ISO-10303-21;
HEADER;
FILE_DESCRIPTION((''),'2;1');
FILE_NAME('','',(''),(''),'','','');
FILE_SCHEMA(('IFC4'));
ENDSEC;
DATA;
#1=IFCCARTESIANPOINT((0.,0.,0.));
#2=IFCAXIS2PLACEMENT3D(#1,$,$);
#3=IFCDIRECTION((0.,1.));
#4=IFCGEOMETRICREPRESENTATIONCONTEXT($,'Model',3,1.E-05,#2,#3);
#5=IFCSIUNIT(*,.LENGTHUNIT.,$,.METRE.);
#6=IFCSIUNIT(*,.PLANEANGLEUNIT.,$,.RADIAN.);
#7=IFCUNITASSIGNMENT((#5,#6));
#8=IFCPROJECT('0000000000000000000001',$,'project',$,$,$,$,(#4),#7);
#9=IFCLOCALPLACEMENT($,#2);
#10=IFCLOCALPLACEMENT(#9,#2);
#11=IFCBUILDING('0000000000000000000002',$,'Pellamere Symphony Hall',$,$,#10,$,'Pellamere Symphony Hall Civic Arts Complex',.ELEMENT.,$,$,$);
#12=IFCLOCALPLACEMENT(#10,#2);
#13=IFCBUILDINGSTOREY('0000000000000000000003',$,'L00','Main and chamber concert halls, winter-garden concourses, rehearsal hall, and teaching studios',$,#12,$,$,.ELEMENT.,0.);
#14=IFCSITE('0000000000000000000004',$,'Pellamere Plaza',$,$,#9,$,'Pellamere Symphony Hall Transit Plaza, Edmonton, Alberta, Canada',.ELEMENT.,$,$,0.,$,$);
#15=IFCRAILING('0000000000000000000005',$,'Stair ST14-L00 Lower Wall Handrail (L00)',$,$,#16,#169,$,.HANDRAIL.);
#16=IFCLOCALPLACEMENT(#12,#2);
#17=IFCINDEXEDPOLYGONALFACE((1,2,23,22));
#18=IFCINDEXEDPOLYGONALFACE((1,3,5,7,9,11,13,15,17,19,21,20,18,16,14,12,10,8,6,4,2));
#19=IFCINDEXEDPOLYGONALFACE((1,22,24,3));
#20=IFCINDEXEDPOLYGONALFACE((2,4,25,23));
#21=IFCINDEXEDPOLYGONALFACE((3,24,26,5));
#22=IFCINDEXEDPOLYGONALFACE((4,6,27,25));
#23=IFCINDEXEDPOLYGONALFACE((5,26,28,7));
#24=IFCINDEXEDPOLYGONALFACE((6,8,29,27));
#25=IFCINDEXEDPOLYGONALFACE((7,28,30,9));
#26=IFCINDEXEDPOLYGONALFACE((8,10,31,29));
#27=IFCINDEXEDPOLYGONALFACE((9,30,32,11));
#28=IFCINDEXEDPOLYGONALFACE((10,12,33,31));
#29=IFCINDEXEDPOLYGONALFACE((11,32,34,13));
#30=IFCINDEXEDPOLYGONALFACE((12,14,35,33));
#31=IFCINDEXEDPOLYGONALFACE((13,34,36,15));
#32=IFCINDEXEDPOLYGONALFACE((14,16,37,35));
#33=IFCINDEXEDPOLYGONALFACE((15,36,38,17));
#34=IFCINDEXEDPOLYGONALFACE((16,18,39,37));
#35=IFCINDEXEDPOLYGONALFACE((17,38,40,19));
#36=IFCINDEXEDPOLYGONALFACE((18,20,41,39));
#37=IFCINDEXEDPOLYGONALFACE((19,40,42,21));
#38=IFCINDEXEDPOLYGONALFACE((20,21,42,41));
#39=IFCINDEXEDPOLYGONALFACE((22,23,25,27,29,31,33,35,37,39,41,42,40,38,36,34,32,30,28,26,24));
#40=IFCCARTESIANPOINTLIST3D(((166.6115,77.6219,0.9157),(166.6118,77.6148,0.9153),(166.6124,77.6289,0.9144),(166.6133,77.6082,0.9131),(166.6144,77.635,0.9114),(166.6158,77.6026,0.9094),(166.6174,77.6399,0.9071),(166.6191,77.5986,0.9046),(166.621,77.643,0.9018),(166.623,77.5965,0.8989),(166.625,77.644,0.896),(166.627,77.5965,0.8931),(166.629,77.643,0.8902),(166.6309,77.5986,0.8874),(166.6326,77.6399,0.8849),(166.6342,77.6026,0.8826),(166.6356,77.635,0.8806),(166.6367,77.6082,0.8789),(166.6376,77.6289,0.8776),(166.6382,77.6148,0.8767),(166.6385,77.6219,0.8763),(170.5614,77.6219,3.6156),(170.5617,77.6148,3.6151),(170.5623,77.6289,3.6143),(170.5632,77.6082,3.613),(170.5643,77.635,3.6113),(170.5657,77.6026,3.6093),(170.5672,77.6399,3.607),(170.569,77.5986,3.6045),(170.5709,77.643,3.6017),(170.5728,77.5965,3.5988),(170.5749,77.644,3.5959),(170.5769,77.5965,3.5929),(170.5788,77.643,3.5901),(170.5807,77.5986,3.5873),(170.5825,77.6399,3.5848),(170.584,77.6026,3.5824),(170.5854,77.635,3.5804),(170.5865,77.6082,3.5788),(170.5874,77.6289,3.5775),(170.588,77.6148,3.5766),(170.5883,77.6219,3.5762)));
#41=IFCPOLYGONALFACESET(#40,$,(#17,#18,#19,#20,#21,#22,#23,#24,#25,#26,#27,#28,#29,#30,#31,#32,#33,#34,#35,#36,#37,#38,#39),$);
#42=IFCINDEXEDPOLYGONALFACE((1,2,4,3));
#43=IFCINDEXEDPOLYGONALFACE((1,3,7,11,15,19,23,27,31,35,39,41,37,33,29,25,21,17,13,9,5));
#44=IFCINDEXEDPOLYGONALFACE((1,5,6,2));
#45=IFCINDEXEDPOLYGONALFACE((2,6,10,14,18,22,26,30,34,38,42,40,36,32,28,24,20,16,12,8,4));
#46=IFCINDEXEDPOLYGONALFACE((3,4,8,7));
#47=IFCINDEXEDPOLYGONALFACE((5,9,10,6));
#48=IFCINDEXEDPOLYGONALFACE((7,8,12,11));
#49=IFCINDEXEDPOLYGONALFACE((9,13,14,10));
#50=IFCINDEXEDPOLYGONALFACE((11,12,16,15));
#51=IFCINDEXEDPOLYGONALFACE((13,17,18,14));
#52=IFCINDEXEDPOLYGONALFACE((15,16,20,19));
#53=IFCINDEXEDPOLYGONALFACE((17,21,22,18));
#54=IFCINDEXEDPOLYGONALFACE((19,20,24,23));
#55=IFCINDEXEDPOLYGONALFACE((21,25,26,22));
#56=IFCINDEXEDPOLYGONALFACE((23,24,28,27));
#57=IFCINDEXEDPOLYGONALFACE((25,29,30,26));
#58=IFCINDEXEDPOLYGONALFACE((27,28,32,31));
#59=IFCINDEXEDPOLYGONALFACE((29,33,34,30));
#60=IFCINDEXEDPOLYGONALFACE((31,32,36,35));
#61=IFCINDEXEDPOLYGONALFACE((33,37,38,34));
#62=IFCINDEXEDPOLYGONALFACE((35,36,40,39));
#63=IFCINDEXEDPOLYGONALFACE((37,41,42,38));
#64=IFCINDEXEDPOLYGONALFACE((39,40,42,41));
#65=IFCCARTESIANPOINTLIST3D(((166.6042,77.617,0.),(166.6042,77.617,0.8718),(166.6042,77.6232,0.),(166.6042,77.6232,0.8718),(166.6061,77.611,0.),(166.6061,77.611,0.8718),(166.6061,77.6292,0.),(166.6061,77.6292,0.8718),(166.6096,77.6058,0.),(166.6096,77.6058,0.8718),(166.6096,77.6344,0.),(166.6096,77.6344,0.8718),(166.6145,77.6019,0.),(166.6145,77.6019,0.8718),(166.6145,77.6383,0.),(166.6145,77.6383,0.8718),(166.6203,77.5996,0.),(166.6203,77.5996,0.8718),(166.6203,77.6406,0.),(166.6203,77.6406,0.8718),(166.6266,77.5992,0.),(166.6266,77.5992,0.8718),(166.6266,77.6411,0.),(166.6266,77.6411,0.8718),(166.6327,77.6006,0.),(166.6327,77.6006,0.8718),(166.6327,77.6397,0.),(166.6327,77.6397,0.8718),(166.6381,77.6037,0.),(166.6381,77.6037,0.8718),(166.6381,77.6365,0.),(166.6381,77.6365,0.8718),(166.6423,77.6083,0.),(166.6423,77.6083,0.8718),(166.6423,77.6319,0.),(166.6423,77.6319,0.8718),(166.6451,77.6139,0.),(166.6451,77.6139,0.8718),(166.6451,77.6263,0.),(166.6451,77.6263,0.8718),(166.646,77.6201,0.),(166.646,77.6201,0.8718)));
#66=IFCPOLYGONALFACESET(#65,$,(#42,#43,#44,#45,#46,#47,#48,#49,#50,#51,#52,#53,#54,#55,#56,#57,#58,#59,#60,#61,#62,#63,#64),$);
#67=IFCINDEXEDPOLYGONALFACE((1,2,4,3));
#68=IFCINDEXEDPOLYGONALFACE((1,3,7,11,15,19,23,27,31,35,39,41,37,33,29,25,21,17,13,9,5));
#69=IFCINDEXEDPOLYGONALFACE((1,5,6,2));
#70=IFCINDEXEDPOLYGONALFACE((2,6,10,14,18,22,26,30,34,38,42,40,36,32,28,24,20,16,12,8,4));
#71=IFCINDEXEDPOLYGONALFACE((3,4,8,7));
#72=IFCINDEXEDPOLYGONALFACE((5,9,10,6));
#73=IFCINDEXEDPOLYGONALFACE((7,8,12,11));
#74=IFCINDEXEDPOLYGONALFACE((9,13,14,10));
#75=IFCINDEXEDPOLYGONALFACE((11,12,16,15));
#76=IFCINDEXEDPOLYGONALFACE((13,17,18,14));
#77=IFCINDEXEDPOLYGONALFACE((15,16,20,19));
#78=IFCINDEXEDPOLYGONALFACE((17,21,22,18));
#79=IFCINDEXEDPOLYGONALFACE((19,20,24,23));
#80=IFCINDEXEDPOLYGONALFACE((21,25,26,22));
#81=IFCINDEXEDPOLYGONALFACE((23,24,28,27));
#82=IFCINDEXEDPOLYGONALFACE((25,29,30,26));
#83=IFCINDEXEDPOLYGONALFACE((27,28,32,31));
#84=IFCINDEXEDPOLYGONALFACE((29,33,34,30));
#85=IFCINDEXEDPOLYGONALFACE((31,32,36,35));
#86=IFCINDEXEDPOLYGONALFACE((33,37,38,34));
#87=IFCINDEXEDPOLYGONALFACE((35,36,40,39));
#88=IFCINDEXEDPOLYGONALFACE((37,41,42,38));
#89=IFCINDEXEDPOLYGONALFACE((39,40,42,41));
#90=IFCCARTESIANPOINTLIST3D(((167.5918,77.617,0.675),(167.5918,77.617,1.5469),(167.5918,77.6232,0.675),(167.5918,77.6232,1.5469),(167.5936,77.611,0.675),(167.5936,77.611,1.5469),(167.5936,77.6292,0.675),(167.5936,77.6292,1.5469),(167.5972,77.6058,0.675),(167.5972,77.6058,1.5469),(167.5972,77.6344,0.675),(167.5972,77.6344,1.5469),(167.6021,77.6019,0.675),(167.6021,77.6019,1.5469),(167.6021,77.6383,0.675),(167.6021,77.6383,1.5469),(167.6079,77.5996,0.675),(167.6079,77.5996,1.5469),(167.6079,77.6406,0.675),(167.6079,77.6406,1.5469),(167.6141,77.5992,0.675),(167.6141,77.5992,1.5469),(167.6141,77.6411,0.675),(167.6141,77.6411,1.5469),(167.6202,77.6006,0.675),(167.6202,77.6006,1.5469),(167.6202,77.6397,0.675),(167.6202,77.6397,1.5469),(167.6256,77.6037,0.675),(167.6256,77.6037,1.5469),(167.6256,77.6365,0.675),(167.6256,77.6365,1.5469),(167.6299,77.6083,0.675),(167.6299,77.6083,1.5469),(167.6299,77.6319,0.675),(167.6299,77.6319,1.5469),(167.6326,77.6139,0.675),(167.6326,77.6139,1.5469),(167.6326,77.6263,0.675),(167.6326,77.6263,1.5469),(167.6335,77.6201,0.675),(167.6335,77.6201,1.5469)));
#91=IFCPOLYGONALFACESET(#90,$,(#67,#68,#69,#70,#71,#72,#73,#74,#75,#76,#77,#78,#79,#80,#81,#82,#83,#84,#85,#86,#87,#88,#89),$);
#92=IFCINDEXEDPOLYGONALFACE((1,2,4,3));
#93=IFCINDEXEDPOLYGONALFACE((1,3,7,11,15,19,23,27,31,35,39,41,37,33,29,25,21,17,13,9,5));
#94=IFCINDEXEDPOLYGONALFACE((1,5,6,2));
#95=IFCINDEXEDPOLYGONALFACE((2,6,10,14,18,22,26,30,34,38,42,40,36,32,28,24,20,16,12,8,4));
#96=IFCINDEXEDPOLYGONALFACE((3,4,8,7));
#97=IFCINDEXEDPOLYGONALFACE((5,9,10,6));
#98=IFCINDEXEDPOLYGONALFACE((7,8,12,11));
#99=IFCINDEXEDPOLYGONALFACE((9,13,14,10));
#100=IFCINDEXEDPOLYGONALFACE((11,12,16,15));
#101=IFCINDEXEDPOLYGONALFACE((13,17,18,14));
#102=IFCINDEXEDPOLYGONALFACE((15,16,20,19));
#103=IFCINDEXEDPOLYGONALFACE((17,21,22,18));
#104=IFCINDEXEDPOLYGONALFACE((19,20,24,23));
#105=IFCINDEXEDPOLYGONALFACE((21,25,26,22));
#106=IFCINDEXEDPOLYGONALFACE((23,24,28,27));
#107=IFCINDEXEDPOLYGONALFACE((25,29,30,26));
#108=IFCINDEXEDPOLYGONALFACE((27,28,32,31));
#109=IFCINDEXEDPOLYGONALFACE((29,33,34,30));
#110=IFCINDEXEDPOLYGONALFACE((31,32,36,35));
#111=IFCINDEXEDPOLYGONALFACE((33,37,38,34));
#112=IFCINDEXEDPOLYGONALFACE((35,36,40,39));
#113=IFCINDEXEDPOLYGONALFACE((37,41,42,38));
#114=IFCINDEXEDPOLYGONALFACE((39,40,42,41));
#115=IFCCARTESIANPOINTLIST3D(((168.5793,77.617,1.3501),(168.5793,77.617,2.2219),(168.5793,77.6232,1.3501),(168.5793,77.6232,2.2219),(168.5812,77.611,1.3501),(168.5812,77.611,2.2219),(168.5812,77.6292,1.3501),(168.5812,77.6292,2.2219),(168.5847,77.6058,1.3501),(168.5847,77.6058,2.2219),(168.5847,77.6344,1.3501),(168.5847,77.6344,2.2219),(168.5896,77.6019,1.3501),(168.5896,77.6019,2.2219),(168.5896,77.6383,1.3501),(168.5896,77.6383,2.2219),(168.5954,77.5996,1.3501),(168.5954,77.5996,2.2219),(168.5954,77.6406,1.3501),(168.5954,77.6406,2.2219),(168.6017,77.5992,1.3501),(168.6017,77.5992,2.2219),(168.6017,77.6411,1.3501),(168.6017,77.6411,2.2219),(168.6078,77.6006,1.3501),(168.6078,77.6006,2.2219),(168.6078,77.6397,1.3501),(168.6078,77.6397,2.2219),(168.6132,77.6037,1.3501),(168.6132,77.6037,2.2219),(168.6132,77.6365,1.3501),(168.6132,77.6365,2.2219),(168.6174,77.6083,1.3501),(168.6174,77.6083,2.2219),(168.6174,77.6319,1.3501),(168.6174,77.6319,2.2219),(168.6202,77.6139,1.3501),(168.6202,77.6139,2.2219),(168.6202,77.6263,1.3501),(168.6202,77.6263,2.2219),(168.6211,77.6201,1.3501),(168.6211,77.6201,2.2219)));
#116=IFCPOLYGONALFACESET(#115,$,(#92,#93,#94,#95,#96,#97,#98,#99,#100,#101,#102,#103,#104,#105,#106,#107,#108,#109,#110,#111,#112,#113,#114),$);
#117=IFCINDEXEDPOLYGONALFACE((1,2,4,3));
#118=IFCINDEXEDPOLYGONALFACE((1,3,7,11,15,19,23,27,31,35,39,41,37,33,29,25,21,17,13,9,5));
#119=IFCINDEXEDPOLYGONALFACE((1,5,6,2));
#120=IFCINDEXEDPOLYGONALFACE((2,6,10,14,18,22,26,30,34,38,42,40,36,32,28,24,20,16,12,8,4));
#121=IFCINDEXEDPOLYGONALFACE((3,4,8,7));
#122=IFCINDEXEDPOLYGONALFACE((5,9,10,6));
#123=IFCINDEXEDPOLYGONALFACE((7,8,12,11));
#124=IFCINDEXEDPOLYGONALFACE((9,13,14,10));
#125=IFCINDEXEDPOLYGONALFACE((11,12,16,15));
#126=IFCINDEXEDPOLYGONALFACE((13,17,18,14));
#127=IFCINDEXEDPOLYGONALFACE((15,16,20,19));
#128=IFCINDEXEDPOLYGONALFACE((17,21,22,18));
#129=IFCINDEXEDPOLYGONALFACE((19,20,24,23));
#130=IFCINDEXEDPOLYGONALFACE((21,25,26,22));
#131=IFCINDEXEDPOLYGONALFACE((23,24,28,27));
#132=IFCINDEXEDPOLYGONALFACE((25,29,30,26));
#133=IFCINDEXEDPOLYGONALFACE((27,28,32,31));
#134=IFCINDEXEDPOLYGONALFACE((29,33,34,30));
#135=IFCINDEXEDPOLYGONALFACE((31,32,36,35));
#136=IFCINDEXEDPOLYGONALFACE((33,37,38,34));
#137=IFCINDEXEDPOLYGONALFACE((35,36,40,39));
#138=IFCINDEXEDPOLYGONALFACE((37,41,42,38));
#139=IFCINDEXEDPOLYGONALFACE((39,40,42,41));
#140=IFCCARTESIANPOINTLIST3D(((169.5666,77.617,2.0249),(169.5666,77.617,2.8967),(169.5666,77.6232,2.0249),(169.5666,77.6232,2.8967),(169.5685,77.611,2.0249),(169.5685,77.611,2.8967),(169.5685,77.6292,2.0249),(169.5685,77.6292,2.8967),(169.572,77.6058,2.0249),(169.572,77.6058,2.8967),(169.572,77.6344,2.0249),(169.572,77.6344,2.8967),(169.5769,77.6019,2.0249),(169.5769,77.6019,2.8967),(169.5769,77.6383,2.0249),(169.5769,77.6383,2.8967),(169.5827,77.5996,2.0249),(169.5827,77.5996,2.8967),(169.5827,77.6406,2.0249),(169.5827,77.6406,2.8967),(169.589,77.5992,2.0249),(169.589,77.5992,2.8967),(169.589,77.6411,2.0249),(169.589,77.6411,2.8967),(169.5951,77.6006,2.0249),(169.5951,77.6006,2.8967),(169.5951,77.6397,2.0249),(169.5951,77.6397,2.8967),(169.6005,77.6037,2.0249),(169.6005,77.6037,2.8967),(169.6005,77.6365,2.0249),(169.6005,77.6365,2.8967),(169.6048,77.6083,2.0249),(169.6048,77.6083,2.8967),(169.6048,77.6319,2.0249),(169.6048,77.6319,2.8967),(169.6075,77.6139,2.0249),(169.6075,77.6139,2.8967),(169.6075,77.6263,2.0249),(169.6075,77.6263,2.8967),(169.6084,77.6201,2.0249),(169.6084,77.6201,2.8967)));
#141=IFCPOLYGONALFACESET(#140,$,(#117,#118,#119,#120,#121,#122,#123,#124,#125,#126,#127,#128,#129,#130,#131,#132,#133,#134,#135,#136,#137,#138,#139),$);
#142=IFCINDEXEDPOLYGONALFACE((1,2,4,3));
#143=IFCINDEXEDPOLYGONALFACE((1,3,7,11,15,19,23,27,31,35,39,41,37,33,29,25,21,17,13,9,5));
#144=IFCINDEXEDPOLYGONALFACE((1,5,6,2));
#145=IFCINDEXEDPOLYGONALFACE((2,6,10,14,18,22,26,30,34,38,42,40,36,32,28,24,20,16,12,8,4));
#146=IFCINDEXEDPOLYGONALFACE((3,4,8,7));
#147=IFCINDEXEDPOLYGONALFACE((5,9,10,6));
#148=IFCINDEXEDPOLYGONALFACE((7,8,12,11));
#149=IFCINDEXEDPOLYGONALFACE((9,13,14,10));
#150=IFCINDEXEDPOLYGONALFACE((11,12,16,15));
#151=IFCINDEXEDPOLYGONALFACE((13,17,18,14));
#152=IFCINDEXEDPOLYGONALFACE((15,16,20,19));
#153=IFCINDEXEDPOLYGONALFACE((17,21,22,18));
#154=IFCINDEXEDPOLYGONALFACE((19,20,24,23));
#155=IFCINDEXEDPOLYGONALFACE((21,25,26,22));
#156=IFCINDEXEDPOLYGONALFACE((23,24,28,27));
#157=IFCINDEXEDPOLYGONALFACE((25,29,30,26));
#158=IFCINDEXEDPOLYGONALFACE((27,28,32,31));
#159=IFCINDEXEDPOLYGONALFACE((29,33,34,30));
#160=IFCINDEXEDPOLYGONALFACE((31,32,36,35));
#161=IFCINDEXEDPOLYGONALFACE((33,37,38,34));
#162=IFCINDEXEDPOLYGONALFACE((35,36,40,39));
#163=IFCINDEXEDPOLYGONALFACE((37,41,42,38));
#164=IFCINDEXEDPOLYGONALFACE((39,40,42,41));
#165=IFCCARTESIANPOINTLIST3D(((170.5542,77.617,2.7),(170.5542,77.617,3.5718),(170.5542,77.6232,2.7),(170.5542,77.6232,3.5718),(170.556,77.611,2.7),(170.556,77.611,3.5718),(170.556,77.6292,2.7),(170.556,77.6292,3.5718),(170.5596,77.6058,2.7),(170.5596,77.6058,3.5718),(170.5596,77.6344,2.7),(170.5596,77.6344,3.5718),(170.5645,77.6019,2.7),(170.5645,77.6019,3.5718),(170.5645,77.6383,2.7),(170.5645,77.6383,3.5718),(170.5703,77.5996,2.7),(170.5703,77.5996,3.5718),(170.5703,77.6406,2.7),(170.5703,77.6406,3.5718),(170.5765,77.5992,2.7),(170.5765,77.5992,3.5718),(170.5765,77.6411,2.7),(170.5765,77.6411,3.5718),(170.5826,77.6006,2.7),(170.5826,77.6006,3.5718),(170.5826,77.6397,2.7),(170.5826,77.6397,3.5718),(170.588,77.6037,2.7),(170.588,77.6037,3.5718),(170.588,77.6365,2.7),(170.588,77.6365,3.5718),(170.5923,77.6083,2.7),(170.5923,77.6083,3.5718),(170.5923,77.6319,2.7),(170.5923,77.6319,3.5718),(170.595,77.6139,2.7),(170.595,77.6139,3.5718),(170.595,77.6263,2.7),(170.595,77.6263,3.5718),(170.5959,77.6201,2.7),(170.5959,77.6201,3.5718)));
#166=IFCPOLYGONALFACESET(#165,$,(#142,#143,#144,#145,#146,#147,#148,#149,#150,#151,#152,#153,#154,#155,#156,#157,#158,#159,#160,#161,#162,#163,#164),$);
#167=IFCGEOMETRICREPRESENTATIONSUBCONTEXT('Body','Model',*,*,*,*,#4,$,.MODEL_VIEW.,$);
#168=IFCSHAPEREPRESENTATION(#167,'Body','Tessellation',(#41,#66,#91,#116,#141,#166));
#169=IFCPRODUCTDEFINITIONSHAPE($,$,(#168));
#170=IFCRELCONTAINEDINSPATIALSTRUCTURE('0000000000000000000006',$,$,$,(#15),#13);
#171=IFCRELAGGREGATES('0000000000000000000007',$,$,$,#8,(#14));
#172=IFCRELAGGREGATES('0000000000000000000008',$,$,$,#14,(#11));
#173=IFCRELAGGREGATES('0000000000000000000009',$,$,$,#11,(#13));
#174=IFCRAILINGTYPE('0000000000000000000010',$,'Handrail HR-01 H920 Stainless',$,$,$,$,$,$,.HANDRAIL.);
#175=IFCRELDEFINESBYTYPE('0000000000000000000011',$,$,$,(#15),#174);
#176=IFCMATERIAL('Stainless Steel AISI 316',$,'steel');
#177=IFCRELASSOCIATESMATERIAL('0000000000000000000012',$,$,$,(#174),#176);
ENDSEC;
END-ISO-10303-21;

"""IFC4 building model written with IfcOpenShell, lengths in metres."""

from ifc_helpers import new_model, si_unit, direction, frame, origin, origin_2d, place, context, subcontext, project, spatial, circle, extrude, material, type_object, element, save


model = new_model("IFC4")

# Units and contexts
model_context = context("Model", 3, precision=1e-05, world=origin(), true_north=direction((0.0, 1.0)))
body_context = subcontext(model_context, "Body", "Model", "MODEL_VIEW")
ifc_project = project(units=[si_unit("LENGTHUNIT", "METRE"), si_unit("PLANEANGLEUNIT", "RADIAN")], contexts=[model_context])

# Site, building, storey
site_placement = place(None, origin())
site = spatial("IfcSite", under=ifc_project, at=site_placement, Name="Pellamere Plaza", LongName="Pellamere Symphony Hall Transit Plaza, Edmonton, Alberta, Canada", CompositionType="ELEMENT", RefElevation=0.0)
building_placement = place(site_placement, origin())
building = spatial("IfcBuilding", under=site, at=building_placement, Name="Pellamere Symphony Hall", LongName="Pellamere Symphony Hall Civic Arts Complex", CompositionType="ELEMENT")
storey_placement = place(building_placement, origin())
storey = spatial("IfcBuildingStorey", under=building, at=storey_placement, Name="L00", Description="Main and chamber concert halls, winter-garden concourses, rehearsal hall, and teaching studios", CompositionType="ELEMENT", Elevation=0.0)

# Railing
ifc_material_1 = material(Name="Stainless Steel AISI 316", Category="steel")
railing_type_1 = type_object("IfcRailingType", Name="Handrail HR-01 H920 Stainless", PredefinedType="HANDRAIL", material=ifc_material_1)
railing_1_placement = place(storey_placement, frame((166.625, 77.6201, 0.0)))
element("IfcRailing", 1, at=railing_1_placement, inside=storey, type_object=railing_type_1, Name="Stair ST14-L00 Lower Wall Handrail (L00)", PredefinedType="HANDRAIL", context=body_context, shape_type="SweptSolid", body=[
    extrude(circle(Radius=0.0239, at=origin_2d()), frame((0.0, 0.0, 0.896), z_axis=(0.825565, 0.0, 0.564307), x_axis=(0.0, 1.0, 0.0)), (0.0, 0.0, 1.0), 4.7844),
    extrude(circle(Radius=0.021, at=origin_2d()), origin(), (0.0, 0.0, 1.0), 0.8718),
    extrude(circle(Radius=0.021, at=origin_2d()), frame((0.9875, 0.0, 0.675)), (0.0, 0.0, 1.0), 0.8718),
    extrude(circle(Radius=0.021, at=origin_2d()), frame((1.9751, 0.0, 1.3501)), (0.0, 0.0, 1.0), 0.8718),
    extrude(circle(Radius=0.021, at=origin_2d()), frame((2.9624, 0.0, 2.0249)), (0.0, 0.0, 1.0), 0.8718),
    extrude(circle(Radius=0.021, at=origin_2d()), frame((3.95, 0.0, 2.7)), (0.0, 0.0, 1.0), 0.8718),
])

save(model, "model.ifc")
